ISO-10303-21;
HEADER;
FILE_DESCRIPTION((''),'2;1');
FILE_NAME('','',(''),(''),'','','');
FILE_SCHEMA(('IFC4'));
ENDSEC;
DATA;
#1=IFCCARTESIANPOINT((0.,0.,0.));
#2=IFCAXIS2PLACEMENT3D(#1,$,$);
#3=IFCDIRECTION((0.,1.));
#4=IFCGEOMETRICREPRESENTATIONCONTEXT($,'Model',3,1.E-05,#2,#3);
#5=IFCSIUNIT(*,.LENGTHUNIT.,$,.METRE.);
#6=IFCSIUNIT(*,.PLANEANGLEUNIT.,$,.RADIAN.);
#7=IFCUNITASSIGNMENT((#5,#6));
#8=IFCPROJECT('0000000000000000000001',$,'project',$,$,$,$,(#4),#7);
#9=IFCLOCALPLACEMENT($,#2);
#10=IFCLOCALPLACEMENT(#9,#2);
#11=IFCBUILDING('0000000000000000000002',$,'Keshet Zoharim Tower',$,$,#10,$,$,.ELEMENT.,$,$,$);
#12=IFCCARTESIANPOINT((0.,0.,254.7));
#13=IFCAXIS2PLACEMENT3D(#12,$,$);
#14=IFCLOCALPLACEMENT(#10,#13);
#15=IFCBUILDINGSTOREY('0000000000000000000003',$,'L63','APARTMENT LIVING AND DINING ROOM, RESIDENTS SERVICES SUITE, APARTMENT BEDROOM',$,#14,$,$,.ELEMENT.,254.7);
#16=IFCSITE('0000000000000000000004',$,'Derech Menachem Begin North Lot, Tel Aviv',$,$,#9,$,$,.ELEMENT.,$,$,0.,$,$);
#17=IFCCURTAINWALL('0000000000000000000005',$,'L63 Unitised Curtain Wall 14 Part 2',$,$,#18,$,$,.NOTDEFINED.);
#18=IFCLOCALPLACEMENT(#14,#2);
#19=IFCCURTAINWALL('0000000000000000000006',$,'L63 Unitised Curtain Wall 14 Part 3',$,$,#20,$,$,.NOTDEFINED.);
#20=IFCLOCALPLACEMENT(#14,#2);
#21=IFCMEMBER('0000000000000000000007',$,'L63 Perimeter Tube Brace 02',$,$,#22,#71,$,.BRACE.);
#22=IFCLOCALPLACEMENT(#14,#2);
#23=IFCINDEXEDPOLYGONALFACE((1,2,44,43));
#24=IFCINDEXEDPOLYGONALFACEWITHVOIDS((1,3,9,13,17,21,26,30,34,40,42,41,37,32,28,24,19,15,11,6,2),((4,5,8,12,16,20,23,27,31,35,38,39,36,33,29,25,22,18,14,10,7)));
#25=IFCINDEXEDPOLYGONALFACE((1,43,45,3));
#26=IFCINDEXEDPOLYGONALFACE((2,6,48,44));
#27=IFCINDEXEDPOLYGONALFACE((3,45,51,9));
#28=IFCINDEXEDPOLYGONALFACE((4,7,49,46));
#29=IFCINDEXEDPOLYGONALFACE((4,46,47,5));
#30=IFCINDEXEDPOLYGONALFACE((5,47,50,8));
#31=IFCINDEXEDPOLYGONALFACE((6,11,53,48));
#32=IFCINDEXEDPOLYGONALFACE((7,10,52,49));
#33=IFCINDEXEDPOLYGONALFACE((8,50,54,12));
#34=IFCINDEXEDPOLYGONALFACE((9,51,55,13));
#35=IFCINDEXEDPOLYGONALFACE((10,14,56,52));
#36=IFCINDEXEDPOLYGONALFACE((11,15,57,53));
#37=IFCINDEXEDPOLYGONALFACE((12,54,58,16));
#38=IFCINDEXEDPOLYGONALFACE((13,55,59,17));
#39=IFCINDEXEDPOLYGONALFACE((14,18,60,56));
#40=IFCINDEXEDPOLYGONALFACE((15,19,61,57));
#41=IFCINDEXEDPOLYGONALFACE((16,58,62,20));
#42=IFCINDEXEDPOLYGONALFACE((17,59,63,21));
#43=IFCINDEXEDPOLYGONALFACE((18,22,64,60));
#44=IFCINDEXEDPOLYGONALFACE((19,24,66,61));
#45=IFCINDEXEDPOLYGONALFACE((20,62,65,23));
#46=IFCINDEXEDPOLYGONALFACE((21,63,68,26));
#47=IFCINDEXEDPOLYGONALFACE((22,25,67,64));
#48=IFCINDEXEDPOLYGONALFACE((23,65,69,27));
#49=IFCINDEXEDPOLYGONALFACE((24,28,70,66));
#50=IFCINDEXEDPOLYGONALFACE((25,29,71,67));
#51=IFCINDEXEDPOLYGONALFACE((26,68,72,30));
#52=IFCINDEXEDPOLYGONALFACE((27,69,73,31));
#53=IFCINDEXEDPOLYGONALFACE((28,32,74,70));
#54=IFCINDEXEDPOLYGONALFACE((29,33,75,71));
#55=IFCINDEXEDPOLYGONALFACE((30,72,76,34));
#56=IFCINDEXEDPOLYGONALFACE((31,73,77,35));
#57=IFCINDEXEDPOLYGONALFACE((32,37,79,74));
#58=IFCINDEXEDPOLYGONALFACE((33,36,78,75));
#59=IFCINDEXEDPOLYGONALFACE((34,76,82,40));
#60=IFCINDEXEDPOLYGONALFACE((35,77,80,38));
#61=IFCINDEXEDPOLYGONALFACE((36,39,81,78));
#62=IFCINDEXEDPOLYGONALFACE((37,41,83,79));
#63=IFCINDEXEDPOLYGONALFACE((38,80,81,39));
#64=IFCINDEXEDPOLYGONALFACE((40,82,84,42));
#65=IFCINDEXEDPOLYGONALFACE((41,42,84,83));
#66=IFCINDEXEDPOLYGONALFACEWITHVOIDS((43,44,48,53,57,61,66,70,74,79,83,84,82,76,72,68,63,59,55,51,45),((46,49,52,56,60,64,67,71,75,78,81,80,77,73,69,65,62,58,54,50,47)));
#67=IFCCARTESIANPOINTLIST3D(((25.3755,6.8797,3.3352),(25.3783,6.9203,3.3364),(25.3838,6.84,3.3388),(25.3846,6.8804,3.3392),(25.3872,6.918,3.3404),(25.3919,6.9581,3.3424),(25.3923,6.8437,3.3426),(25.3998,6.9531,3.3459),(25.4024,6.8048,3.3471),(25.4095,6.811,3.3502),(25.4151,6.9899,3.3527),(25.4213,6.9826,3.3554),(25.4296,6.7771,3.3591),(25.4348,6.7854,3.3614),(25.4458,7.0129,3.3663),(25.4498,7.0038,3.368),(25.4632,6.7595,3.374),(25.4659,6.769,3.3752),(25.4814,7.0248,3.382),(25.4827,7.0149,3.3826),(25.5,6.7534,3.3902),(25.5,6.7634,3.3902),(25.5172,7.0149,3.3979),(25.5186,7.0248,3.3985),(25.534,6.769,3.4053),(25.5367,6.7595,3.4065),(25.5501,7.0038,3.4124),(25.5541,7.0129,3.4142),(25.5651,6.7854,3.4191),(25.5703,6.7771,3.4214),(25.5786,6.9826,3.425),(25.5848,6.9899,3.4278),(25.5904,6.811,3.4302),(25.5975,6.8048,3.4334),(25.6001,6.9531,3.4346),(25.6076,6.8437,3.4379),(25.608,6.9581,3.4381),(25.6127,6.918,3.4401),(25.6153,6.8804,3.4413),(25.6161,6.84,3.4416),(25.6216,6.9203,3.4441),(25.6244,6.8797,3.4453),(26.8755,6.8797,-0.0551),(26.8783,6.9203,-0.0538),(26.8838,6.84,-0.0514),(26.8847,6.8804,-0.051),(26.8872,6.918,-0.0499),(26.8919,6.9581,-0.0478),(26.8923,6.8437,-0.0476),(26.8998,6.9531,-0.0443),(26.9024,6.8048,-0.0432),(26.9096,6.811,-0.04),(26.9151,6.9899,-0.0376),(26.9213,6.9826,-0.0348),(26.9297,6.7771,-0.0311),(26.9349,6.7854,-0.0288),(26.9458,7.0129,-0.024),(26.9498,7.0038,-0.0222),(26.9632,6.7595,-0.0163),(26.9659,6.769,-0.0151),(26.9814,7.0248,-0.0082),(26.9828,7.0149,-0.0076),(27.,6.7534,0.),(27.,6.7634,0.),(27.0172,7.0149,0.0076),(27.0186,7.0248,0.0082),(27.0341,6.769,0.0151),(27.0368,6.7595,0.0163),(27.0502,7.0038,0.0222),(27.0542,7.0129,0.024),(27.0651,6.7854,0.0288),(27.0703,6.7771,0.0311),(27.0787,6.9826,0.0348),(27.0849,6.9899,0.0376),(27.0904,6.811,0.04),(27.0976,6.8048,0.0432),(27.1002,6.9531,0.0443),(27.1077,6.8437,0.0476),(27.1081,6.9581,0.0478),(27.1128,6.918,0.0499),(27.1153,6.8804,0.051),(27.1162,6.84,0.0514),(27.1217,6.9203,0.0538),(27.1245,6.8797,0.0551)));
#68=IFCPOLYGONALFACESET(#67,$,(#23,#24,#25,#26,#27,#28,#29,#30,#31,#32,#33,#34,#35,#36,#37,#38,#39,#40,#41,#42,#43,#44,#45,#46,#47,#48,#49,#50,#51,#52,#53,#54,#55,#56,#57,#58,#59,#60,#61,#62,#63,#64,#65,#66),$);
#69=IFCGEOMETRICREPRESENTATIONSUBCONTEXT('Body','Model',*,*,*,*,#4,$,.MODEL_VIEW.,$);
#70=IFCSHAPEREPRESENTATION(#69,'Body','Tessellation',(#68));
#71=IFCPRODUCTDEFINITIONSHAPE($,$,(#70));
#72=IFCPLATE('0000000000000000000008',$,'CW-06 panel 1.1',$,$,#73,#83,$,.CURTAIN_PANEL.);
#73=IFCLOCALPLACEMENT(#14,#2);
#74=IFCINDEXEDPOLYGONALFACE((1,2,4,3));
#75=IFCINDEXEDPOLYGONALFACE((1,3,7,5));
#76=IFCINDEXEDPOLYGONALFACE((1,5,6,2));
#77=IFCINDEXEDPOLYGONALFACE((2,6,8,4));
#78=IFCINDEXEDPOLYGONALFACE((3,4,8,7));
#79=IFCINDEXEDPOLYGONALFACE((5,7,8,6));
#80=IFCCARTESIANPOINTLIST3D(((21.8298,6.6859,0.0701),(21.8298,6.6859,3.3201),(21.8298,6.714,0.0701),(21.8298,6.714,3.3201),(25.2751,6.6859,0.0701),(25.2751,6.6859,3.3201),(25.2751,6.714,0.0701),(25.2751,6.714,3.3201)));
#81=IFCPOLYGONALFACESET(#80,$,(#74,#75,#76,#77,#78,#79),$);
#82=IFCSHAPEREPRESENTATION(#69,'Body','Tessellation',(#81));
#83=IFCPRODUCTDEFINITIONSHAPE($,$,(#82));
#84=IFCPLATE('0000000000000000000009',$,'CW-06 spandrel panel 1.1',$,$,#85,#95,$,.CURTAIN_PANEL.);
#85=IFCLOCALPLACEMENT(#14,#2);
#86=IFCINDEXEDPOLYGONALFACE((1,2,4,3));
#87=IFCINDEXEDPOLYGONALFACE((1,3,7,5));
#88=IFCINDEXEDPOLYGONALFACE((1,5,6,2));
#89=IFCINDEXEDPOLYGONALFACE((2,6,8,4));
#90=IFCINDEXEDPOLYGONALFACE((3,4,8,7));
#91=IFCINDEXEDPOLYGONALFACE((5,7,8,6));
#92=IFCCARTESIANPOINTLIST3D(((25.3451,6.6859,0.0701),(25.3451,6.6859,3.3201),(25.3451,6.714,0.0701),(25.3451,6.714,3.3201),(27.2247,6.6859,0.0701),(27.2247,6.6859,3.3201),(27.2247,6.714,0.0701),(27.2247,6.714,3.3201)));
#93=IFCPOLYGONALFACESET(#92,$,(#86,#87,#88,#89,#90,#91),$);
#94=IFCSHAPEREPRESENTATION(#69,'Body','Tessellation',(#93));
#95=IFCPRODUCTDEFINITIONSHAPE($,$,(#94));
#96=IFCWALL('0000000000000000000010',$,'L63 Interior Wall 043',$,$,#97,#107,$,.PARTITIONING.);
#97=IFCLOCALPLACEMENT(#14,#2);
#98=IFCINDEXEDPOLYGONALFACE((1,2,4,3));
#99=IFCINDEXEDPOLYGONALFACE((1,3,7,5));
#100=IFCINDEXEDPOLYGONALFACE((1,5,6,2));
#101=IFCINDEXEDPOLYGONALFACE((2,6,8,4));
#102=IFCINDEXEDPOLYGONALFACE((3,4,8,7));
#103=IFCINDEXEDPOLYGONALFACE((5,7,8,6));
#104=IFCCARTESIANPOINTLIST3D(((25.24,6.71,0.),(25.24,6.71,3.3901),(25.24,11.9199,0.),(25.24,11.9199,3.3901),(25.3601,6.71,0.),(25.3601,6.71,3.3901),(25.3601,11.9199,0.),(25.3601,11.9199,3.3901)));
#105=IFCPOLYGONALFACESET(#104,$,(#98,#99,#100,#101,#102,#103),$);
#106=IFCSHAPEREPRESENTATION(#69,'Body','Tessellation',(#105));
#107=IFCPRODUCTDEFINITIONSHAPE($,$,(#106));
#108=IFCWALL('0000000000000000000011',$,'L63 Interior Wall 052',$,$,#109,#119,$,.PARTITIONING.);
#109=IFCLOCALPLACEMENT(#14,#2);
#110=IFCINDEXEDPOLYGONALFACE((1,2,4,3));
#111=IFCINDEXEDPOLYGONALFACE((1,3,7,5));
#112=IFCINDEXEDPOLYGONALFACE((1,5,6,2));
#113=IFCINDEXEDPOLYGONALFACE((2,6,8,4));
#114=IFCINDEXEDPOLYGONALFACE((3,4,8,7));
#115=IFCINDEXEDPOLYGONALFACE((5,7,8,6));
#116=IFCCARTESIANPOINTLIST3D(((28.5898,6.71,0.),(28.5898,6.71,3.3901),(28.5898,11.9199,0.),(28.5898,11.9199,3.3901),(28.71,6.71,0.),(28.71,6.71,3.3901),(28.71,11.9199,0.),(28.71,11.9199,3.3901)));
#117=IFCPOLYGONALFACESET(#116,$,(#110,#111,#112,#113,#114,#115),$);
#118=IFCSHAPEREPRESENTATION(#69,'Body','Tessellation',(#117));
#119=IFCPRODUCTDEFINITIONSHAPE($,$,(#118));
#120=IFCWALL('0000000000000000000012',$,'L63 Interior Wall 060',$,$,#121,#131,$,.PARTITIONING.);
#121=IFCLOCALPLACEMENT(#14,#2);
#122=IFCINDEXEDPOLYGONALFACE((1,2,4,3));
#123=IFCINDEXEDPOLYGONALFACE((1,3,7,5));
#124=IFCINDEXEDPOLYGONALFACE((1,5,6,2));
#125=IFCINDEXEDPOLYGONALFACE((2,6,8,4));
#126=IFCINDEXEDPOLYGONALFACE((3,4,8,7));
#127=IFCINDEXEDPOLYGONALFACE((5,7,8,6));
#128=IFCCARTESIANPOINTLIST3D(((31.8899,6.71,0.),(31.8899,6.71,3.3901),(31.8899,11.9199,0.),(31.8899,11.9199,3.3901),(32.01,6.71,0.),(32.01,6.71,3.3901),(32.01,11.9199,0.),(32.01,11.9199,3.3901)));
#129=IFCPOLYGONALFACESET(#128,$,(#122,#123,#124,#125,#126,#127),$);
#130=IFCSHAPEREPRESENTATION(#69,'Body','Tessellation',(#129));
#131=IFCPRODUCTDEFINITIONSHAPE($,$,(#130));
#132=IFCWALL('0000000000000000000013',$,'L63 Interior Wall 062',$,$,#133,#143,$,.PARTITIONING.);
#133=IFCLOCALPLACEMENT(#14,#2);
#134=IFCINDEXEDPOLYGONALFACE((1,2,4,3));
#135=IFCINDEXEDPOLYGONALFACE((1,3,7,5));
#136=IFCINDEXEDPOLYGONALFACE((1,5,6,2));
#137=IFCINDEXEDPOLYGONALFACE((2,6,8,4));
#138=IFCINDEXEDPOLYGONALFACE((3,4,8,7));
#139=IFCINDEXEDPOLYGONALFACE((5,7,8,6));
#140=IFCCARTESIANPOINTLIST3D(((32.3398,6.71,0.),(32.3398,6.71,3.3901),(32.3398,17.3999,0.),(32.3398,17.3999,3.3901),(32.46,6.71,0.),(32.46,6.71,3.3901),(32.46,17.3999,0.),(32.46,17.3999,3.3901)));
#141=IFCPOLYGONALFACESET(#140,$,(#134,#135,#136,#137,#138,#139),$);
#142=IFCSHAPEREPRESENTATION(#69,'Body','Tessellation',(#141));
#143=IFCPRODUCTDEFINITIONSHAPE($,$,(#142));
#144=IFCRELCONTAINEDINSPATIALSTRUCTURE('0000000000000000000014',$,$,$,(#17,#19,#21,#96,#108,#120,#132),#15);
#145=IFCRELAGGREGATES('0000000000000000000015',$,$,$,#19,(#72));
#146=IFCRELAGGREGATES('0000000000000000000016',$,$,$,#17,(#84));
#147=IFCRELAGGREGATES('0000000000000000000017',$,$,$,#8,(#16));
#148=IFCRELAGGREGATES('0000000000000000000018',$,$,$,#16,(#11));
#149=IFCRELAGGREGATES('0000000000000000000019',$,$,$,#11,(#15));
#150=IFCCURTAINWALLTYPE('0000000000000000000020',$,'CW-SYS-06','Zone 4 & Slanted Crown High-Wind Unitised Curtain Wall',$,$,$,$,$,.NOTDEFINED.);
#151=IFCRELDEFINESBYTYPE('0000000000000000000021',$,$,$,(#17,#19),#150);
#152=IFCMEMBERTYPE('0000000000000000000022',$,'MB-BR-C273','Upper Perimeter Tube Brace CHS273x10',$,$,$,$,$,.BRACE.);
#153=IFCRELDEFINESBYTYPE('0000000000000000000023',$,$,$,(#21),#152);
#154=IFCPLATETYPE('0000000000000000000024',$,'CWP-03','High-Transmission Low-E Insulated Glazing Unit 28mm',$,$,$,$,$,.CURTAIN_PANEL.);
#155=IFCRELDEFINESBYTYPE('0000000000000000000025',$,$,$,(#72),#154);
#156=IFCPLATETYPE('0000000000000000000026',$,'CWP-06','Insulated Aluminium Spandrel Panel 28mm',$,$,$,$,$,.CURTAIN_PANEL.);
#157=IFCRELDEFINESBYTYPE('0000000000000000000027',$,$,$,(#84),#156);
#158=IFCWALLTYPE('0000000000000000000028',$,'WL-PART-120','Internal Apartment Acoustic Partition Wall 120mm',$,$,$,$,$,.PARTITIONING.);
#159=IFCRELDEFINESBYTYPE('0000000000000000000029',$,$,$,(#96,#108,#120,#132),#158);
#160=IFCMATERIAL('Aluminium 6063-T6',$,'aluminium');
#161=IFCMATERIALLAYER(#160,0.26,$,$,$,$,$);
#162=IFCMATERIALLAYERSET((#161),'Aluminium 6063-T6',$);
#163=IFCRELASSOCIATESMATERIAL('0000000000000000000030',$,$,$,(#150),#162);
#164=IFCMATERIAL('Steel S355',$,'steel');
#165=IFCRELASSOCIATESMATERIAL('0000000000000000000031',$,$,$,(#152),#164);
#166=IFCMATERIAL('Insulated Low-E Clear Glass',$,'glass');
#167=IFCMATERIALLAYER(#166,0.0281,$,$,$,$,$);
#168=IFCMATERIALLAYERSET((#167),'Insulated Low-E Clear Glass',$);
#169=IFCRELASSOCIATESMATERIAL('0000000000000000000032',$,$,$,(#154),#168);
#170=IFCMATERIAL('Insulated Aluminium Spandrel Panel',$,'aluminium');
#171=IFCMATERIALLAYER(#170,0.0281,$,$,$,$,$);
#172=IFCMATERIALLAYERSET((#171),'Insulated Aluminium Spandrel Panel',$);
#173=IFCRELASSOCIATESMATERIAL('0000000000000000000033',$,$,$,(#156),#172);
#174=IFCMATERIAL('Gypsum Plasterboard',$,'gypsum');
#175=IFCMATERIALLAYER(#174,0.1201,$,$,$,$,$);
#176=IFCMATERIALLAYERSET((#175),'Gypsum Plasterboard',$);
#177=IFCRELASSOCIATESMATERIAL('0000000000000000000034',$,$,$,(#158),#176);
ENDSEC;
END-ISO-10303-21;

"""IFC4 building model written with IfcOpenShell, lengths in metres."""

from ifc_helpers import new_model, si_unit, direction, frame, frame_2d, origin, origin_2d, place, context, subcontext, project, spatial, rectangle, hollow_circle, extrude, material, layer, layer_set, material_profile, profile_set, type_object, element, aggregate, save


model = new_model("IFC4")

# Units and contexts
model_context = context("Model", 3, precision=1e-05, world=origin(), true_north=direction((0.0, 1.0)))
body_context = subcontext(model_context, "Body", "Model", "MODEL_VIEW")
ifc_project = project(units=[si_unit("LENGTHUNIT", "METRE"), si_unit("PLANEANGLEUNIT", "RADIAN")], contexts=[model_context])

# Site, building, storey
site_placement = place(None, origin())
site = spatial("IfcSite", under=ifc_project, at=site_placement, Name="Derech Menachem Begin North Lot, Tel Aviv", CompositionType="ELEMENT", RefElevation=0.0)
building_placement = place(site_placement, origin())
building = spatial("IfcBuilding", under=site, at=building_placement, Name="Keshet Zoharim Tower", CompositionType="ELEMENT")
storey_placement = place(building_placement, frame((0.0, 0.0, 254.7)))
storey = spatial("IfcBuildingStorey", under=building, at=storey_placement, Name="L63", Description="APARTMENT LIVING AND DINING ROOM, RESIDENTS SERVICES SUITE, APARTMENT BEDROOM", CompositionType="ELEMENT", Elevation=254.7)

# Shared definitions
ifc_material_1 = material(Name="Steel S355", Category="steel")

# Curtain walls
ifc_material_2 = material(Name="Aluminium 6063-T6", Category="aluminium")
ifc_layer_1 = layer(ifc_material_2, 0.26)
ifc_layer_set_1 = layer_set([ifc_layer_1], Name="Aluminium 6063-T6")
curtain_wall_type = type_object("IfcCurtainWallType", Name="CW-SYS-06", Description="Zone 4 & Slanted Crown High-Wind Unitised Curtain Wall", PredefinedType="NOTDEFINED", material=ifc_layer_set_1)
curtain_wall_1_placement = place(storey_placement, origin())
curtain_wall_1 = element("IfcCurtainWall", 1, at=curtain_wall_1_placement, inside=storey, type_object=curtain_wall_type, Name="L63 Unitised Curtain Wall 14 Part 2", PredefinedType="NOTDEFINED")
curtain_wall_2_placement = place(storey_placement, origin())
curtain_wall_2 = element("IfcCurtainWall", 2, at=curtain_wall_2_placement, inside=storey, type_object=curtain_wall_type, Name="L63 Unitised Curtain Wall 14 Part 3", PredefinedType="NOTDEFINED")

# Member
ifc_material_profile_1 = material_profile(ifc_material_1, hollow_circle(Radius=0.1365, WallThickness=0.01, at=origin_2d()), Name="CHS273x10")
ifc_profile_set_1 = profile_set([ifc_material_profile_1], Name="Steel S355")
member_type_1 = type_object("IfcMemberType", Name="MB-BR-C273", Description="Upper Perimeter Tube Brace CHS273x10", PredefinedType="BRACE", material=ifc_profile_set_1)
member_1_placement = place(storey_placement, frame((27.0, 6.8899, 0.0), z_axis=(-0.404623, 0.0, 0.914484), x_axis=(0.0, -1.0, 0.0)))
element("IfcMember", 3, at=member_1_placement, inside=storey, type_object=member_type_1, Name="L63 Perimeter Tube Brace 02", PredefinedType="BRACE", context=body_context, shape_type="SweptSolid", body=[
    extrude(hollow_circle(Radius=0.1365, WallThickness=0.01, at=origin_2d()), origin(), (0.0, 0.0, 1.0), 3.7073),
])

# Plates
ifc_material_3 = material(Name="Insulated Low-E Clear Glass", Category="glass")
ifc_layer_2 = layer(ifc_material_3, 0.0281)
ifc_layer_set_2 = layer_set([ifc_layer_2], Name="Insulated Low-E Clear Glass")
plate_type_1 = type_object("IfcPlateType", Name="CWP-03", Description="High-Transmission Low-E Insulated Glazing Unit 28mm", PredefinedType="CURTAIN_PANEL", material=ifc_layer_set_2)
plate_1_placement = place(storey_placement, frame((23.5525, 6.7, 0.0701), z_axis=(0.0, 0.0, 1.0), x_axis=(-1.0, 0.0, 0.0)))
plate_1 = element("IfcPlate", 4, at=plate_1_placement, type_object=plate_type_1, Name="CW-06 panel 1.1", PredefinedType="CURTAIN_PANEL", context=body_context, shape_type="SweptSolid", body=[
    extrude(rectangle(XDim=3.4453, YDim=0.0281, at=origin_2d()), origin(), (0.0, 0.0, 1.0), 3.25),
])
aggregate(curtain_wall_2, [plate_1])
ifc_material_4 = material(Name="Insulated Aluminium Spandrel Panel", Category="aluminium")
ifc_layer_3 = layer(ifc_material_4, 0.0281)
ifc_layer_set_3 = layer_set([ifc_layer_3], Name="Insulated Aluminium Spandrel Panel")
plate_type_2 = type_object("IfcPlateType", Name="CWP-06", Description="Insulated Aluminium Spandrel Panel 28mm", PredefinedType="CURTAIN_PANEL", material=ifc_layer_set_3)
plate_2_placement = place(storey_placement, frame((26.2849, 6.7, 0.0701), z_axis=(0.0, 0.0, 1.0), x_axis=(-1.0, 0.0, 0.0)))
plate_2 = element("IfcPlate", 5, at=plate_2_placement, type_object=plate_type_2, Name="CW-06 spandrel panel 1.1", PredefinedType="CURTAIN_PANEL", context=body_context, shape_type="SweptSolid", body=[
    extrude(rectangle(XDim=1.8796, YDim=0.0281, at=origin_2d()), origin(), (0.0, 0.0, 1.0), 3.25),
])
aggregate(curtain_wall_1, [plate_2])

# Walls
ifc_material_5 = material(Name="Gypsum Plasterboard", Category="gypsum")
ifc_layer_4 = layer(ifc_material_5, 0.1201)
ifc_layer_set_4 = layer_set([ifc_layer_4], Name="Gypsum Plasterboard")
wall_type = type_object("IfcWallType", Name="WL-PART-120", Description="Internal Apartment Acoustic Partition Wall 120mm", PredefinedType="PARTITIONING", material=ifc_layer_set_4)
for number, where, z_axis, x_axis, name in (
    (6, (25.3, 6.71, 0.0), (0.0, 0.0, 1.0), (0.0, 1.0, 0.0), "L63 Interior Wall 043"),
    (7, (28.6499, 6.71, 0.0), (0.0, 0.0, 1.0), (0.0, 1.0, 0.0), "L63 Interior Wall 052"),
    (8, (31.95, 6.71, 0.0), (0.0, 0.0, 1.0), (0.0, 1.0, 0.0), "L63 Interior Wall 060"),
):
    element("IfcWall", number, at=place(storey_placement, frame(where, z_axis=z_axis, x_axis=x_axis)), inside=storey, type_object=wall_type, Name=name, PredefinedType="PARTITIONING", context=body_context, shape_type="SweptSolid", body=[
        extrude(rectangle(XDim=5.21, YDim=0.1201, at=frame_2d((2.605, 0.0))), origin(), (0.0, 0.0, 1.0), 3.3901),
    ])
wall_1_placement = place(storey_placement, frame((32.3999, 6.71, 0.0), z_axis=(0.0, 0.0, 1.0), x_axis=(0.0, 1.0, 0.0)))
element("IfcWall", 9, at=wall_1_placement, inside=storey, type_object=wall_type, Name="L63 Interior Wall 062", PredefinedType="PARTITIONING", context=body_context, shape_type="SweptSolid", body=[
    extrude(rectangle(XDim=10.6899, YDim=0.1201, at=frame_2d((5.345, 0.0))), origin(), (0.0, 0.0, 1.0), 3.3901),
])

save(model, "model.ifc")
